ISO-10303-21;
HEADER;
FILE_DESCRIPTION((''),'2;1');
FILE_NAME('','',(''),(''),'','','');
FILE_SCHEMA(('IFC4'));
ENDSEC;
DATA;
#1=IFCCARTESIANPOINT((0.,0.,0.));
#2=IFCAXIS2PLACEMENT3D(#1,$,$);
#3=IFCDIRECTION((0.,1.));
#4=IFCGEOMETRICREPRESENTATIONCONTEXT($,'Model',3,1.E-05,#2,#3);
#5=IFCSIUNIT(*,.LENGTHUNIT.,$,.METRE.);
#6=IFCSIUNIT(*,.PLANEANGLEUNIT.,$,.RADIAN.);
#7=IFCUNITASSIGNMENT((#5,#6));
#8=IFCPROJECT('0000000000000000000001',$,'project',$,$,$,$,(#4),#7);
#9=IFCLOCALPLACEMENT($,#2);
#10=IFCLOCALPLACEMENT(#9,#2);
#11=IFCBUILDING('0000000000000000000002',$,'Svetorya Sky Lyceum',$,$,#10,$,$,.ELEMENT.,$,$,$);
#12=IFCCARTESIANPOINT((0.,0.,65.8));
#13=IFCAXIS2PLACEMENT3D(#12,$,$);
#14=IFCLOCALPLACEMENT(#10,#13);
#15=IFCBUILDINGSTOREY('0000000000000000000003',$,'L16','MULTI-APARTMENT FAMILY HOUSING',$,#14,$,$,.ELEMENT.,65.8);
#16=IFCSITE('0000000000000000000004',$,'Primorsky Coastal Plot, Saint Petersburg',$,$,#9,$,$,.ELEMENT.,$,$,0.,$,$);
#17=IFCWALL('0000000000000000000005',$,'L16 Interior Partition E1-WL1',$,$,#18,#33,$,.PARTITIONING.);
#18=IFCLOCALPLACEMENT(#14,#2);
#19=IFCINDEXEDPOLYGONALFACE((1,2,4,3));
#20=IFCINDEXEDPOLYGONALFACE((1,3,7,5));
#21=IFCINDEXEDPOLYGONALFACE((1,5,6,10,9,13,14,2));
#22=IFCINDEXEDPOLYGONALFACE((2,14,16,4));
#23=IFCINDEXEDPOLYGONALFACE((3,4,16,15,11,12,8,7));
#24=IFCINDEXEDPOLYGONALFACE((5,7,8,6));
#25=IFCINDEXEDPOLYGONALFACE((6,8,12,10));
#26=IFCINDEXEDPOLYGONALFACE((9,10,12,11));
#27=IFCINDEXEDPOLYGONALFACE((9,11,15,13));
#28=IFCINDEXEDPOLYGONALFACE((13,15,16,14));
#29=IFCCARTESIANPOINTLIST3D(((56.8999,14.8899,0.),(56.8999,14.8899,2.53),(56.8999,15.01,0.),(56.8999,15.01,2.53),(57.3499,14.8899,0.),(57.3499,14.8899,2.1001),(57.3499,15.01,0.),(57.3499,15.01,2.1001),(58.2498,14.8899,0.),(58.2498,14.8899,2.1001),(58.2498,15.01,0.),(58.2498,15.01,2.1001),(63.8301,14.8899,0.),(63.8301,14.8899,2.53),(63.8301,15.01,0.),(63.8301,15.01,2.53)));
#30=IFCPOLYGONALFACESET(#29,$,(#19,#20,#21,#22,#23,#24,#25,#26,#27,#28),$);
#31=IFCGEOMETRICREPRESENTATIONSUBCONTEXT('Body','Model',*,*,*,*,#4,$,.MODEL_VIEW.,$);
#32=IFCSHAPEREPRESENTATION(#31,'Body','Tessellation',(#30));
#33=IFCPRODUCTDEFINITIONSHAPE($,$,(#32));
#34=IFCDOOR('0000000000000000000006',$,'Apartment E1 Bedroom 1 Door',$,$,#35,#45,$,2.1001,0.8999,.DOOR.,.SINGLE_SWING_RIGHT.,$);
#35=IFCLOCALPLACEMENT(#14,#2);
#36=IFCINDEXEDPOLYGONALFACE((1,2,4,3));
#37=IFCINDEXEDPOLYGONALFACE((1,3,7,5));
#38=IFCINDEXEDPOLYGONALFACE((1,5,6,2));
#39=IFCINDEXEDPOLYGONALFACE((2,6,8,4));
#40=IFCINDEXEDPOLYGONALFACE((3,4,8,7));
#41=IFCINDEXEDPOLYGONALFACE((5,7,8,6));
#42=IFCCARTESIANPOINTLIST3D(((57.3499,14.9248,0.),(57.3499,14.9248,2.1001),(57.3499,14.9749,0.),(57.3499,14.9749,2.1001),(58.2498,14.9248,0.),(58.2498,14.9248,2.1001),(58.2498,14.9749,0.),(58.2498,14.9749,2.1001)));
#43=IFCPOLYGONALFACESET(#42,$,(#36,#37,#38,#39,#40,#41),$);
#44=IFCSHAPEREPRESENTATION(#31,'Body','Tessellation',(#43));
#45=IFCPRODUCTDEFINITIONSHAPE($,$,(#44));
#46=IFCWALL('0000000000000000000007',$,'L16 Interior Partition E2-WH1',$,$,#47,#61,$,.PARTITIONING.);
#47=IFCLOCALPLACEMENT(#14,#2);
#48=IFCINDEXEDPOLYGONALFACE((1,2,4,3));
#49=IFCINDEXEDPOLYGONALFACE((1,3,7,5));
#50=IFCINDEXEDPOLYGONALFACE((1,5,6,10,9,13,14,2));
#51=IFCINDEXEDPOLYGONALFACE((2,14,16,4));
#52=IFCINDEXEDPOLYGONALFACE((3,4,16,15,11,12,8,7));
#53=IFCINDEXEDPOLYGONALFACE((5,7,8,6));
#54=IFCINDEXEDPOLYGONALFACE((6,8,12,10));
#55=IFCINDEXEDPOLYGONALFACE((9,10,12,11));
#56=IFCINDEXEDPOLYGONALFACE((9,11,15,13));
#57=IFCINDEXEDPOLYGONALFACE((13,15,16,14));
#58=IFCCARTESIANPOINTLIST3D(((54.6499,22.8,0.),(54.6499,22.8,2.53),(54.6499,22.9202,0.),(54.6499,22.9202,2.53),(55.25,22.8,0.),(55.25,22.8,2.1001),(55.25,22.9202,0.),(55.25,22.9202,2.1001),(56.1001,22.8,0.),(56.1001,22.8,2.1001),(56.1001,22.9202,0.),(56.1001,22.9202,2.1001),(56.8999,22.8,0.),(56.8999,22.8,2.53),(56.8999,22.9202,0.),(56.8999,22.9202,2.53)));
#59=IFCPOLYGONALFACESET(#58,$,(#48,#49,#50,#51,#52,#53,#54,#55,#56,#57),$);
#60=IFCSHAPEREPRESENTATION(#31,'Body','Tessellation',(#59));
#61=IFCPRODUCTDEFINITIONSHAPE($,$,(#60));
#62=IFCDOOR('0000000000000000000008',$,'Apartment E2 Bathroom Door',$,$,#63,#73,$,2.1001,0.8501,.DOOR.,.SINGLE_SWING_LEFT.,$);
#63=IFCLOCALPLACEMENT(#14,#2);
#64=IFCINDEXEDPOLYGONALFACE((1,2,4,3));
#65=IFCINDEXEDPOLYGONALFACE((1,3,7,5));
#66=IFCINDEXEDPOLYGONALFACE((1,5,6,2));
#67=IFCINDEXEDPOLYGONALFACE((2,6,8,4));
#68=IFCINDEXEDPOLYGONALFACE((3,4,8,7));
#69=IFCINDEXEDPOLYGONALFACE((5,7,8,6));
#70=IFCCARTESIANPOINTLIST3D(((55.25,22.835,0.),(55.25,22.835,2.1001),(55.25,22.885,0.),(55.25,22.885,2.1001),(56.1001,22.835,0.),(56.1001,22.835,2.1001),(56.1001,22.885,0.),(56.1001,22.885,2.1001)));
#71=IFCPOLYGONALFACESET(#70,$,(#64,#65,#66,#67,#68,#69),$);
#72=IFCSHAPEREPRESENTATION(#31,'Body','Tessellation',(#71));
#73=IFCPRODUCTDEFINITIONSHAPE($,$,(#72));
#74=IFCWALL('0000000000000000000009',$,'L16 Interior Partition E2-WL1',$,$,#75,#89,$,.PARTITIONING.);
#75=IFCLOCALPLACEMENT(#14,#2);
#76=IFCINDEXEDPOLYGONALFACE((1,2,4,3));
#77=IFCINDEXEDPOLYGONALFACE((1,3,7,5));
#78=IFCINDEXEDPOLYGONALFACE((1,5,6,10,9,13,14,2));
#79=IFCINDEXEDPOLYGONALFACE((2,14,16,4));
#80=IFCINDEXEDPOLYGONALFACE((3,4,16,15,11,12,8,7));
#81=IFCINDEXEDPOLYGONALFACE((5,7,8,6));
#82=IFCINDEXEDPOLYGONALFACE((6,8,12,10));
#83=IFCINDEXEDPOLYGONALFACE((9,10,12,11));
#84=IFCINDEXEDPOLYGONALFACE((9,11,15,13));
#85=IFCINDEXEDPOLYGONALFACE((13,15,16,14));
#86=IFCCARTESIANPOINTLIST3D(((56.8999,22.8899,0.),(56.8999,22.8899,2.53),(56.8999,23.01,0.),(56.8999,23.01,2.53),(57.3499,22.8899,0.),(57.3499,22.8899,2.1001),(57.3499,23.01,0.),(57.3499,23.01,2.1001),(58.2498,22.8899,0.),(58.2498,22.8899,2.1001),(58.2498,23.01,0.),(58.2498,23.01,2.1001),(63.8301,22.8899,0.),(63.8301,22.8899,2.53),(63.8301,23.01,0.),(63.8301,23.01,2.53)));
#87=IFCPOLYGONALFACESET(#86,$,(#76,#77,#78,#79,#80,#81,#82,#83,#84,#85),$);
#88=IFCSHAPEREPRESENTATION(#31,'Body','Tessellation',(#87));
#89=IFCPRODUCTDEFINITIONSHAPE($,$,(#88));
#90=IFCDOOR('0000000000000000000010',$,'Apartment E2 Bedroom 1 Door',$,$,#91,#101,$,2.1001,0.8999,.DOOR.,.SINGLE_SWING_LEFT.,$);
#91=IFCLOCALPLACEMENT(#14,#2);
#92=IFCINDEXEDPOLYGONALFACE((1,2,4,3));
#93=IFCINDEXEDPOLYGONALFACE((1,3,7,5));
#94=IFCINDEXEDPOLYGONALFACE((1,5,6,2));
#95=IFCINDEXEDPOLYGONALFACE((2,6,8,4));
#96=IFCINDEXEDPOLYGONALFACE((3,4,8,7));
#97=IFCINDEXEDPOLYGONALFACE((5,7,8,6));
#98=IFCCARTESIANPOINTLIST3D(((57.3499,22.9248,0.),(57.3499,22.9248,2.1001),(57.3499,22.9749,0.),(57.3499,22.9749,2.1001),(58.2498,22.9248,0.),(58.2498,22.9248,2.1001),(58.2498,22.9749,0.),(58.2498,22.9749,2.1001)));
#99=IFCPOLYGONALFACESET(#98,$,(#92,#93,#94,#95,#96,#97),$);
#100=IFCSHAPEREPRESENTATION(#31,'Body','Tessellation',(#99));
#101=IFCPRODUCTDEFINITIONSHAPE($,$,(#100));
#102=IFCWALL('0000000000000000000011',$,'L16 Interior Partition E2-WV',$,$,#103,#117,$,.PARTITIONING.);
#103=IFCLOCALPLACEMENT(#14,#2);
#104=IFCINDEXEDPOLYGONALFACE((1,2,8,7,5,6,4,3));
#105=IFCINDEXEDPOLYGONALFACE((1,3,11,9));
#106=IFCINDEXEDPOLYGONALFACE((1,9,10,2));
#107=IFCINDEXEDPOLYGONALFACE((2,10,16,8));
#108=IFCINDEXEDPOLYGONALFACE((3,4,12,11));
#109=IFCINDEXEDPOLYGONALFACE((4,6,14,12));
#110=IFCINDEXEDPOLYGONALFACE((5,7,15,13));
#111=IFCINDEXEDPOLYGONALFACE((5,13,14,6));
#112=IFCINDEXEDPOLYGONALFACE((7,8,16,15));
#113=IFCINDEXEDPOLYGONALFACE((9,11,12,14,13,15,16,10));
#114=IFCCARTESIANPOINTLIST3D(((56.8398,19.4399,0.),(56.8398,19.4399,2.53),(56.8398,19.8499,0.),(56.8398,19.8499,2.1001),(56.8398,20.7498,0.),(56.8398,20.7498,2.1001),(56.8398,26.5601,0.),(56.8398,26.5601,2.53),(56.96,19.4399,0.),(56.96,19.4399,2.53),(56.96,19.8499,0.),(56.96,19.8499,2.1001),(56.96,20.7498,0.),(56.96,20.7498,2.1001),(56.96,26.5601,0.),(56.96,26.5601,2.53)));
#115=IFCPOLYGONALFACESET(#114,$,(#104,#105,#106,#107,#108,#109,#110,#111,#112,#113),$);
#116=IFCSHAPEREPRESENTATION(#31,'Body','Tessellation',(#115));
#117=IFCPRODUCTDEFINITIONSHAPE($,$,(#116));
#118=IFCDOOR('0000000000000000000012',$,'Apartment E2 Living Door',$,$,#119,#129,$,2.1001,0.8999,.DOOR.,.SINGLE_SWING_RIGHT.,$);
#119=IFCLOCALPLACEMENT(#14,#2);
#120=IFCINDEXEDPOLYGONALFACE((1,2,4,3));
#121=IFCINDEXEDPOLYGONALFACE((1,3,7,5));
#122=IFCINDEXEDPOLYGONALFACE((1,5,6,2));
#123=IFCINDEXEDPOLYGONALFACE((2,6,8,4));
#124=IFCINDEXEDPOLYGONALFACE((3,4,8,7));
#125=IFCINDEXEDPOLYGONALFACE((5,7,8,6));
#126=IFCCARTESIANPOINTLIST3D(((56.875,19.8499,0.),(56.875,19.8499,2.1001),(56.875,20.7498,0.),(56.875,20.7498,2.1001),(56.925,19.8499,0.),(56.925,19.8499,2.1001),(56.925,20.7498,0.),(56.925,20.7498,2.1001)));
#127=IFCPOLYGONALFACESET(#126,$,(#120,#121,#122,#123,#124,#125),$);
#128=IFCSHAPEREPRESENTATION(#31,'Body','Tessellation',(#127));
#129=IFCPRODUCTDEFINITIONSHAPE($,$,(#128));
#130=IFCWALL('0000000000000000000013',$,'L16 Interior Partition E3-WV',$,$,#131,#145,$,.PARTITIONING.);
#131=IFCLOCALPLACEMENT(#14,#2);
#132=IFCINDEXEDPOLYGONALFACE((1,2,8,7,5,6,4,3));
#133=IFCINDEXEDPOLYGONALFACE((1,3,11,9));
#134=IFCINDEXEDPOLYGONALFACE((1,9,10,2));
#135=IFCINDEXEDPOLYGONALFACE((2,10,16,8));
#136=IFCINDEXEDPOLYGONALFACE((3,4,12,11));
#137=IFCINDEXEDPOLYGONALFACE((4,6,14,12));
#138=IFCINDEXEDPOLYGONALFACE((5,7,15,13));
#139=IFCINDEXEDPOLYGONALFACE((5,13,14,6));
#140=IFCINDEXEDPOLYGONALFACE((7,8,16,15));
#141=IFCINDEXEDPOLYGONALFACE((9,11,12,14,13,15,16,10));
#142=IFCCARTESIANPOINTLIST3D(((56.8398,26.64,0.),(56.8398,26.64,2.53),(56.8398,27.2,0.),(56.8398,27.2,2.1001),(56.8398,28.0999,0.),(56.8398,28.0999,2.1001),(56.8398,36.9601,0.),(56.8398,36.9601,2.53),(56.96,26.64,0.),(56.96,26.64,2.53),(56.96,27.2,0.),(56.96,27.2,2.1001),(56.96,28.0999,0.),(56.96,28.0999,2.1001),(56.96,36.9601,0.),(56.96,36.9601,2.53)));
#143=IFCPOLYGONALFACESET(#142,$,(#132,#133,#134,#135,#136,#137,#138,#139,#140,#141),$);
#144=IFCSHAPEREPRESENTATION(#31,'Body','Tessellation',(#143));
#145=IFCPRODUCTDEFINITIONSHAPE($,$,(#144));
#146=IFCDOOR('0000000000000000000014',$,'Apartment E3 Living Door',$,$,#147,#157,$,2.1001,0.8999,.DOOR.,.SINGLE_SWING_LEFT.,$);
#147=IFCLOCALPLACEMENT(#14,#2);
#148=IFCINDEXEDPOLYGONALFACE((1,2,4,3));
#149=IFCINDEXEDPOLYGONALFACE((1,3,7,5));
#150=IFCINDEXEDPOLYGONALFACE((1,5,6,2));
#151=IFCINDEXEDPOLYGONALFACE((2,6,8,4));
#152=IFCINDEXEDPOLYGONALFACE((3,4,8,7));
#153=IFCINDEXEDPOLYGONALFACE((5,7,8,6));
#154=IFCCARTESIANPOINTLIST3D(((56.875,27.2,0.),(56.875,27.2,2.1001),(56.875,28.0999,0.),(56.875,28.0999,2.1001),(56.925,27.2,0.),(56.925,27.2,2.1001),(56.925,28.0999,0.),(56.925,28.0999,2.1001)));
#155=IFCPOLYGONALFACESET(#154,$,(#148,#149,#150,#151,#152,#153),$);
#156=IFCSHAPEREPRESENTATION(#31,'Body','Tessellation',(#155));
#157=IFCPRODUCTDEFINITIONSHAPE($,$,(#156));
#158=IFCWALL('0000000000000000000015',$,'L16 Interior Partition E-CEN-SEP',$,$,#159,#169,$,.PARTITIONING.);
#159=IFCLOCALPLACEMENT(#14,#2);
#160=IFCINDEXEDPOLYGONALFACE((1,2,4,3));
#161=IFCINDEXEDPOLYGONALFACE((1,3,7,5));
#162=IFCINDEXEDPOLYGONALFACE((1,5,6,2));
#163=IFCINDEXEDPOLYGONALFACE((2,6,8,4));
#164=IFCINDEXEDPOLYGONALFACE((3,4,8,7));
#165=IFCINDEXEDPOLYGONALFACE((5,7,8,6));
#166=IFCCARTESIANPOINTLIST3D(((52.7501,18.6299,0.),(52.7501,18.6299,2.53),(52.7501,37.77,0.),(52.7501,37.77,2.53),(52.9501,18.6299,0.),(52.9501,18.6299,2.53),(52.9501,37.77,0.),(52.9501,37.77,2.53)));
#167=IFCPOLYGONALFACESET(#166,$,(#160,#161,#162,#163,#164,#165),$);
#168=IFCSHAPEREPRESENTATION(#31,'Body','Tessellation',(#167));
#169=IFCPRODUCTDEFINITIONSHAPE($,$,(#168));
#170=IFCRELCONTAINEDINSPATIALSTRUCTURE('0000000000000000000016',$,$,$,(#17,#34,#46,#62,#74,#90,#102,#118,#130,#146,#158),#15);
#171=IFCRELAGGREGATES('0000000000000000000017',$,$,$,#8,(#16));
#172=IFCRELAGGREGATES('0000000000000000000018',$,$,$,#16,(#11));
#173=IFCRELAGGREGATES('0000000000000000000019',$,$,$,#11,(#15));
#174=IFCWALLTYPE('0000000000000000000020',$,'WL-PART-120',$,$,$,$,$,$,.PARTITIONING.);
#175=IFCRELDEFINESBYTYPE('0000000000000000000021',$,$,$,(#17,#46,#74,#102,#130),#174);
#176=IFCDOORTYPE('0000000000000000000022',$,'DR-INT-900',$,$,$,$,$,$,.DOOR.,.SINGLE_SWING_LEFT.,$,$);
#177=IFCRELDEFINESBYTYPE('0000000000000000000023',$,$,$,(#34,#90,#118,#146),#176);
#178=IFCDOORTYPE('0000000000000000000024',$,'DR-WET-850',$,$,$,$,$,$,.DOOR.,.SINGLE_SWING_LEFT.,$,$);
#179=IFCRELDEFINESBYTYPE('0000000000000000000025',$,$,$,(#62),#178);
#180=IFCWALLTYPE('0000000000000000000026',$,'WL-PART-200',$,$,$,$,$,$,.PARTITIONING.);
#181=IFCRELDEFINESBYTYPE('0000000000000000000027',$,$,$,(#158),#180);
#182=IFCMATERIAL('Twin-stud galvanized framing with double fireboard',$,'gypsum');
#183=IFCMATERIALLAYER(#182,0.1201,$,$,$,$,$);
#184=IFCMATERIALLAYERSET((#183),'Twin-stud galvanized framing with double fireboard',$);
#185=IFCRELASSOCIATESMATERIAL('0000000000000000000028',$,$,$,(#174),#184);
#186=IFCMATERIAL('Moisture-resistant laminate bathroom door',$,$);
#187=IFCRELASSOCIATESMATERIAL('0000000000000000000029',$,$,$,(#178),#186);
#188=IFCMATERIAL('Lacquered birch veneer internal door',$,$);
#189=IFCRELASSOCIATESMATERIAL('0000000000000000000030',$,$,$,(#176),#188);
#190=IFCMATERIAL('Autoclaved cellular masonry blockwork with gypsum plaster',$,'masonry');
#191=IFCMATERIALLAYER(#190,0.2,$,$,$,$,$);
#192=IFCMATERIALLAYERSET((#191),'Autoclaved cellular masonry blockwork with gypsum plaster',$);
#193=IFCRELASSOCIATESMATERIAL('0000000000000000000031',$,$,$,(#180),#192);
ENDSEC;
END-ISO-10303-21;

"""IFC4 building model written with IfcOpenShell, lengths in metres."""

from ifc_helpers import new_model, si_unit, direction, frame, frame_2d, origin, place, context, subcontext, project, spatial, rectangle, extrude, material, layer, layer_set, type_object, element, fill, save


model = new_model("IFC4")

# Units and contexts
model_context = context("Model", 3, precision=1e-05, world=origin(), true_north=direction((0.0, 1.0)))
body_context = subcontext(model_context, "Body", "Model", "MODEL_VIEW")
ifc_project = project(units=[si_unit("LENGTHUNIT", "METRE"), si_unit("PLANEANGLEUNIT", "RADIAN")], contexts=[model_context])

# Site, building, storey
site_placement = place(None, origin())
site = spatial("IfcSite", under=ifc_project, at=site_placement, Name="Primorsky Coastal Plot, Saint Petersburg", CompositionType="ELEMENT", RefElevation=0.0)
building_placement = place(site_placement, origin())
building = spatial("IfcBuilding", under=site, at=building_placement, Name="Svetorya Sky Lyceum", CompositionType="ELEMENT")
storey_placement = place(building_placement, frame((0.0, 0.0, 65.8)))
storey = spatial("IfcBuildingStorey", under=building, at=storey_placement, Name="L16", Description="MULTI-APARTMENT FAMILY HOUSING", CompositionType="ELEMENT", Elevation=65.8)

# Walls, openings, doors
ifc_material_1 = material(Name="Twin-stud galvanized framing with double fireboard", Category="gypsum")
ifc_layer_1 = layer(ifc_material_1, 0.1201)
ifc_layer_set_1 = layer_set([ifc_layer_1], Name="Twin-stud galvanized framing with double fireboard")
wall_type_1 = type_object("IfcWallType", Name="WL-PART-120", PredefinedType="PARTITIONING", material=ifc_layer_set_1)
ifc_material_2 = material(Name="Moisture-resistant laminate bathroom door")
door_type_1 = type_object("IfcDoorType", Name="DR-WET-850", OperationType="SINGLE_SWING_LEFT", PredefinedType="DOOR", material=ifc_material_2)
wall_1_placement = place(storey_placement, frame((56.8999, 14.95, 0.0), z_axis=(0.0, 0.0, 1.0), x_axis=(1.0, 0.0, 0.0)))
wall_1 = element("IfcWall", 1, at=wall_1_placement, inside=storey, type_object=wall_type_1, Name="L16 Interior Partition E1-WL1", PredefinedType="PARTITIONING", context=body_context, shape_type="SweptSolid", body=[
    extrude(rectangle(XDim=6.9302, YDim=0.1201, at=frame_2d((3.4651, 0.0))), origin(), (0.0, 0.0, 1.0), 2.53),
])
opening_1_placement = place(wall_1_placement, frame((0.45, 0.0, 0.0)))
opening_1 = element("IfcOpeningElement", 2, at=opening_1_placement, cuts=wall_1, PredefinedType="OPENING", context=body_context, shape_type="SweptSolid", body=[
    extrude(rectangle(XDim=0.8999, YDim=2.1001, at=frame_2d((0.45, 1.05))), frame((0.0, 0.0701, 0.0), z_axis=(0.0, -1.0, 0.0), x_axis=(1.0, 0.0, 0.0)), (0.0, 0.0, 1.0), 0.1401),
])
ifc_material_3 = material(Name="Lacquered birch veneer internal door")
door_type_2 = type_object("IfcDoorType", Name="DR-INT-900", OperationType="SINGLE_SWING_LEFT", PredefinedType="DOOR", material=ifc_material_3)
door_1_placement = place(opening_1_placement, origin())
door_1 = element("IfcDoor", 3, at=door_1_placement, inside=storey, type_object=door_type_2, Name="Apartment E1 Bedroom 1 Door", OperationType="SINGLE_SWING_RIGHT", OverallHeight=2.1001, OverallWidth=0.8999, PredefinedType="DOOR", context=body_context, shape_type="SweptSolid", body=[
    extrude(rectangle(XDim=0.8999, YDim=2.1001, at=frame_2d((0.45, 1.05))), frame((0.0, 0.0249, 0.0), z_axis=(0.0, -1.0, 0.0), x_axis=(1.0, 0.0, 0.0)), (0.0, 0.0, 1.0), 0.05),
])
fill(opening_1, door_1)
wall_2_placement = place(storey_placement, frame((54.6499, 22.8601, 0.0), z_axis=(0.0, 0.0, 1.0), x_axis=(1.0, 0.0, 0.0)))
wall_2 = element("IfcWall", 4, at=wall_2_placement, inside=storey, type_object=wall_type_1, Name="L16 Interior Partition E2-WH1", PredefinedType="PARTITIONING", context=body_context, shape_type="SweptSolid", body=[
    extrude(rectangle(XDim=2.25, YDim=0.1201, at=frame_2d((1.125, 0.0))), origin(), (0.0, 0.0, 1.0), 2.53),
])
opening_2_placement = place(wall_2_placement, frame((0.6001, 0.0, 0.0)))
opening_2 = element("IfcOpeningElement", 5, at=opening_2_placement, cuts=wall_2, PredefinedType="OPENING", context=body_context, shape_type="SweptSolid", body=[
    extrude(rectangle(XDim=0.8501, YDim=2.1001, at=frame_2d((0.425, 1.05))), frame((0.0, 0.0701, 0.0), z_axis=(0.0, -1.0, 0.0), x_axis=(1.0, 0.0, 0.0)), (0.0, 0.0, 1.0), 0.1401),
])
door_2_placement = place(opening_2_placement, origin())
door_2 = element("IfcDoor", 6, at=door_2_placement, inside=storey, type_object=door_type_1, Name="Apartment E2 Bathroom Door", OperationType="SINGLE_SWING_LEFT", OverallHeight=2.1001, OverallWidth=0.8501, PredefinedType="DOOR", context=body_context, shape_type="SweptSolid", body=[
    extrude(rectangle(XDim=0.8501, YDim=2.1001, at=frame_2d((0.425, 1.05))), frame((0.0, 0.0249, 0.0), z_axis=(0.0, -1.0, 0.0), x_axis=(1.0, 0.0, 0.0)), (0.0, 0.0, 1.0), 0.05),
])
fill(opening_2, door_2)
wall_3_placement = place(storey_placement, frame((56.8999, 22.95, 0.0), z_axis=(0.0, 0.0, 1.0), x_axis=(1.0, 0.0, 0.0)))
wall_3 = element("IfcWall", 7, at=wall_3_placement, inside=storey, type_object=wall_type_1, Name="L16 Interior Partition E2-WL1", PredefinedType="PARTITIONING", context=body_context, shape_type="SweptSolid", body=[
    extrude(rectangle(XDim=6.9302, YDim=0.1201, at=frame_2d((3.4651, 0.0))), origin(), (0.0, 0.0, 1.0), 2.53),
])
opening_3_placement = place(wall_3_placement, frame((0.45, 0.0, 0.0)))
opening_3 = element("IfcOpeningElement", 8, at=opening_3_placement, cuts=wall_3, PredefinedType="OPENING", context=body_context, shape_type="SweptSolid", body=[
    extrude(rectangle(XDim=0.8999, YDim=2.1001, at=frame_2d((0.45, 1.05))), frame((0.0, 0.0701, 0.0), z_axis=(0.0, -1.0, 0.0), x_axis=(1.0, 0.0, 0.0)), (0.0, 0.0, 1.0), 0.1401),
])
door_3_placement = place(opening_3_placement, origin())
door_3 = element("IfcDoor", 9, at=door_3_placement, inside=storey, type_object=door_type_2, Name="Apartment E2 Bedroom 1 Door", OperationType="SINGLE_SWING_LEFT", OverallHeight=2.1001, OverallWidth=0.8999, PredefinedType="DOOR", context=body_context, shape_type="SweptSolid", body=[
    extrude(rectangle(XDim=0.8999, YDim=2.1001, at=frame_2d((0.45, 1.05))), frame((0.0, 0.0249, 0.0), z_axis=(0.0, -1.0, 0.0), x_axis=(1.0, 0.0, 0.0)), (0.0, 0.0, 1.0), 0.05),
])
fill(opening_3, door_3)
wall_4_placement = place(storey_placement, frame((56.8999, 19.4399, 0.0), z_axis=(0.0, 0.0, 1.0), x_axis=(0.0, 1.0, 0.0)))
wall_4 = element("IfcWall", 10, at=wall_4_placement, inside=storey, type_object=wall_type_1, Name="L16 Interior Partition E2-WV", PredefinedType="PARTITIONING", context=body_context, shape_type="SweptSolid", body=[
    extrude(rectangle(XDim=7.1201, YDim=0.1201, at=frame_2d((3.5601, 0.0))), origin(), (0.0, 0.0, 1.0), 2.53),
])
opening_4_placement = place(wall_4_placement, frame((0.4099, 0.0, 0.0)))
opening_4 = element("IfcOpeningElement", 11, at=opening_4_placement, cuts=wall_4, PredefinedType="OPENING", context=body_context, shape_type="SweptSolid", body=[
    extrude(rectangle(XDim=0.8999, YDim=2.1001, at=frame_2d((0.45, 1.05))), frame((0.0, 0.0701, 0.0), z_axis=(0.0, -1.0, 0.0), x_axis=(1.0, 0.0, 0.0)), (0.0, 0.0, 1.0), 0.1401),
])
door_4_placement = place(opening_4_placement, origin())
door_4 = element("IfcDoor", 12, at=door_4_placement, inside=storey, type_object=door_type_2, Name="Apartment E2 Living Door", OperationType="SINGLE_SWING_RIGHT", OverallHeight=2.1001, OverallWidth=0.8999, PredefinedType="DOOR", context=body_context, shape_type="SweptSolid", body=[
    extrude(rectangle(XDim=0.8999, YDim=2.1001, at=frame_2d((0.45, 1.05))), frame((0.0, 0.0249, 0.0), z_axis=(0.0, -1.0, 0.0), x_axis=(1.0, 0.0, 0.0)), (0.0, 0.0, 1.0), 0.05),
])
fill(opening_4, door_4)
wall_5_placement = place(storey_placement, frame((56.8999, 26.6399, 0.0), z_axis=(0.0, 0.0, 1.0), x_axis=(0.0, 1.0, 0.0)))
wall_5 = element("IfcWall", 13, at=wall_5_placement, inside=storey, type_object=wall_type_1, Name="L16 Interior Partition E3-WV", PredefinedType="PARTITIONING", context=body_context, shape_type="SweptSolid", body=[
    extrude(rectangle(XDim=10.3201, YDim=0.1201, at=frame_2d((5.1602, 0.0))), origin(), (0.0, 0.0, 1.0), 2.53),
])
opening_5_placement = place(wall_5_placement, frame((0.5601, 0.0, 0.0)))
opening_5 = element("IfcOpeningElement", 14, at=opening_5_placement, cuts=wall_5, PredefinedType="OPENING", context=body_context, shape_type="SweptSolid", body=[
    extrude(rectangle(XDim=0.8999, YDim=2.1001, at=frame_2d((0.45, 1.05))), frame((0.0, 0.0701, 0.0), z_axis=(0.0, -1.0, 0.0), x_axis=(1.0, 0.0, 0.0)), (0.0, 0.0, 1.0), 0.1401),
])
door_5_placement = place(opening_5_placement, origin())
door_5 = element("IfcDoor", 15, at=door_5_placement, inside=storey, type_object=door_type_2, Name="Apartment E3 Living Door", OperationType="SINGLE_SWING_LEFT", OverallHeight=2.1001, OverallWidth=0.8999, PredefinedType="DOOR", context=body_context, shape_type="SweptSolid", body=[
    extrude(rectangle(XDim=0.8999, YDim=2.1001, at=frame_2d((0.45, 1.05))), frame((0.0, 0.0249, 0.0), z_axis=(0.0, -1.0, 0.0), x_axis=(1.0, 0.0, 0.0)), (0.0, 0.0, 1.0), 0.05),
])
fill(opening_5, door_5)

# Wall
ifc_material_4 = material(Name="Autoclaved cellular masonry blockwork with gypsum plaster", Category="masonry")
ifc_layer_2 = layer(ifc_material_4, 0.2)
ifc_layer_set_2 = layer_set([ifc_layer_2], Name="Autoclaved cellular masonry blockwork with gypsum plaster")
wall_type_2 = type_object("IfcWallType", Name="WL-PART-200", PredefinedType="PARTITIONING", material=ifc_layer_set_2)
wall_6_placement = place(storey_placement, frame((52.8501, 18.6299, 0.0), z_axis=(0.0, 0.0, 1.0), x_axis=(0.0, 1.0, 0.0)))
element("IfcWall", 16, at=wall_6_placement, inside=storey, type_object=wall_type_2, Name="L16 Interior Partition E-CEN-SEP", PredefinedType="PARTITIONING", context=body_context, shape_type="SweptSolid", body=[
    extrude(rectangle(XDim=19.1401, YDim=0.2, at=frame_2d((9.5701, 0.0))), origin(), (0.0, 0.0, 1.0), 2.53),
])

save(model, "model.ifc")
